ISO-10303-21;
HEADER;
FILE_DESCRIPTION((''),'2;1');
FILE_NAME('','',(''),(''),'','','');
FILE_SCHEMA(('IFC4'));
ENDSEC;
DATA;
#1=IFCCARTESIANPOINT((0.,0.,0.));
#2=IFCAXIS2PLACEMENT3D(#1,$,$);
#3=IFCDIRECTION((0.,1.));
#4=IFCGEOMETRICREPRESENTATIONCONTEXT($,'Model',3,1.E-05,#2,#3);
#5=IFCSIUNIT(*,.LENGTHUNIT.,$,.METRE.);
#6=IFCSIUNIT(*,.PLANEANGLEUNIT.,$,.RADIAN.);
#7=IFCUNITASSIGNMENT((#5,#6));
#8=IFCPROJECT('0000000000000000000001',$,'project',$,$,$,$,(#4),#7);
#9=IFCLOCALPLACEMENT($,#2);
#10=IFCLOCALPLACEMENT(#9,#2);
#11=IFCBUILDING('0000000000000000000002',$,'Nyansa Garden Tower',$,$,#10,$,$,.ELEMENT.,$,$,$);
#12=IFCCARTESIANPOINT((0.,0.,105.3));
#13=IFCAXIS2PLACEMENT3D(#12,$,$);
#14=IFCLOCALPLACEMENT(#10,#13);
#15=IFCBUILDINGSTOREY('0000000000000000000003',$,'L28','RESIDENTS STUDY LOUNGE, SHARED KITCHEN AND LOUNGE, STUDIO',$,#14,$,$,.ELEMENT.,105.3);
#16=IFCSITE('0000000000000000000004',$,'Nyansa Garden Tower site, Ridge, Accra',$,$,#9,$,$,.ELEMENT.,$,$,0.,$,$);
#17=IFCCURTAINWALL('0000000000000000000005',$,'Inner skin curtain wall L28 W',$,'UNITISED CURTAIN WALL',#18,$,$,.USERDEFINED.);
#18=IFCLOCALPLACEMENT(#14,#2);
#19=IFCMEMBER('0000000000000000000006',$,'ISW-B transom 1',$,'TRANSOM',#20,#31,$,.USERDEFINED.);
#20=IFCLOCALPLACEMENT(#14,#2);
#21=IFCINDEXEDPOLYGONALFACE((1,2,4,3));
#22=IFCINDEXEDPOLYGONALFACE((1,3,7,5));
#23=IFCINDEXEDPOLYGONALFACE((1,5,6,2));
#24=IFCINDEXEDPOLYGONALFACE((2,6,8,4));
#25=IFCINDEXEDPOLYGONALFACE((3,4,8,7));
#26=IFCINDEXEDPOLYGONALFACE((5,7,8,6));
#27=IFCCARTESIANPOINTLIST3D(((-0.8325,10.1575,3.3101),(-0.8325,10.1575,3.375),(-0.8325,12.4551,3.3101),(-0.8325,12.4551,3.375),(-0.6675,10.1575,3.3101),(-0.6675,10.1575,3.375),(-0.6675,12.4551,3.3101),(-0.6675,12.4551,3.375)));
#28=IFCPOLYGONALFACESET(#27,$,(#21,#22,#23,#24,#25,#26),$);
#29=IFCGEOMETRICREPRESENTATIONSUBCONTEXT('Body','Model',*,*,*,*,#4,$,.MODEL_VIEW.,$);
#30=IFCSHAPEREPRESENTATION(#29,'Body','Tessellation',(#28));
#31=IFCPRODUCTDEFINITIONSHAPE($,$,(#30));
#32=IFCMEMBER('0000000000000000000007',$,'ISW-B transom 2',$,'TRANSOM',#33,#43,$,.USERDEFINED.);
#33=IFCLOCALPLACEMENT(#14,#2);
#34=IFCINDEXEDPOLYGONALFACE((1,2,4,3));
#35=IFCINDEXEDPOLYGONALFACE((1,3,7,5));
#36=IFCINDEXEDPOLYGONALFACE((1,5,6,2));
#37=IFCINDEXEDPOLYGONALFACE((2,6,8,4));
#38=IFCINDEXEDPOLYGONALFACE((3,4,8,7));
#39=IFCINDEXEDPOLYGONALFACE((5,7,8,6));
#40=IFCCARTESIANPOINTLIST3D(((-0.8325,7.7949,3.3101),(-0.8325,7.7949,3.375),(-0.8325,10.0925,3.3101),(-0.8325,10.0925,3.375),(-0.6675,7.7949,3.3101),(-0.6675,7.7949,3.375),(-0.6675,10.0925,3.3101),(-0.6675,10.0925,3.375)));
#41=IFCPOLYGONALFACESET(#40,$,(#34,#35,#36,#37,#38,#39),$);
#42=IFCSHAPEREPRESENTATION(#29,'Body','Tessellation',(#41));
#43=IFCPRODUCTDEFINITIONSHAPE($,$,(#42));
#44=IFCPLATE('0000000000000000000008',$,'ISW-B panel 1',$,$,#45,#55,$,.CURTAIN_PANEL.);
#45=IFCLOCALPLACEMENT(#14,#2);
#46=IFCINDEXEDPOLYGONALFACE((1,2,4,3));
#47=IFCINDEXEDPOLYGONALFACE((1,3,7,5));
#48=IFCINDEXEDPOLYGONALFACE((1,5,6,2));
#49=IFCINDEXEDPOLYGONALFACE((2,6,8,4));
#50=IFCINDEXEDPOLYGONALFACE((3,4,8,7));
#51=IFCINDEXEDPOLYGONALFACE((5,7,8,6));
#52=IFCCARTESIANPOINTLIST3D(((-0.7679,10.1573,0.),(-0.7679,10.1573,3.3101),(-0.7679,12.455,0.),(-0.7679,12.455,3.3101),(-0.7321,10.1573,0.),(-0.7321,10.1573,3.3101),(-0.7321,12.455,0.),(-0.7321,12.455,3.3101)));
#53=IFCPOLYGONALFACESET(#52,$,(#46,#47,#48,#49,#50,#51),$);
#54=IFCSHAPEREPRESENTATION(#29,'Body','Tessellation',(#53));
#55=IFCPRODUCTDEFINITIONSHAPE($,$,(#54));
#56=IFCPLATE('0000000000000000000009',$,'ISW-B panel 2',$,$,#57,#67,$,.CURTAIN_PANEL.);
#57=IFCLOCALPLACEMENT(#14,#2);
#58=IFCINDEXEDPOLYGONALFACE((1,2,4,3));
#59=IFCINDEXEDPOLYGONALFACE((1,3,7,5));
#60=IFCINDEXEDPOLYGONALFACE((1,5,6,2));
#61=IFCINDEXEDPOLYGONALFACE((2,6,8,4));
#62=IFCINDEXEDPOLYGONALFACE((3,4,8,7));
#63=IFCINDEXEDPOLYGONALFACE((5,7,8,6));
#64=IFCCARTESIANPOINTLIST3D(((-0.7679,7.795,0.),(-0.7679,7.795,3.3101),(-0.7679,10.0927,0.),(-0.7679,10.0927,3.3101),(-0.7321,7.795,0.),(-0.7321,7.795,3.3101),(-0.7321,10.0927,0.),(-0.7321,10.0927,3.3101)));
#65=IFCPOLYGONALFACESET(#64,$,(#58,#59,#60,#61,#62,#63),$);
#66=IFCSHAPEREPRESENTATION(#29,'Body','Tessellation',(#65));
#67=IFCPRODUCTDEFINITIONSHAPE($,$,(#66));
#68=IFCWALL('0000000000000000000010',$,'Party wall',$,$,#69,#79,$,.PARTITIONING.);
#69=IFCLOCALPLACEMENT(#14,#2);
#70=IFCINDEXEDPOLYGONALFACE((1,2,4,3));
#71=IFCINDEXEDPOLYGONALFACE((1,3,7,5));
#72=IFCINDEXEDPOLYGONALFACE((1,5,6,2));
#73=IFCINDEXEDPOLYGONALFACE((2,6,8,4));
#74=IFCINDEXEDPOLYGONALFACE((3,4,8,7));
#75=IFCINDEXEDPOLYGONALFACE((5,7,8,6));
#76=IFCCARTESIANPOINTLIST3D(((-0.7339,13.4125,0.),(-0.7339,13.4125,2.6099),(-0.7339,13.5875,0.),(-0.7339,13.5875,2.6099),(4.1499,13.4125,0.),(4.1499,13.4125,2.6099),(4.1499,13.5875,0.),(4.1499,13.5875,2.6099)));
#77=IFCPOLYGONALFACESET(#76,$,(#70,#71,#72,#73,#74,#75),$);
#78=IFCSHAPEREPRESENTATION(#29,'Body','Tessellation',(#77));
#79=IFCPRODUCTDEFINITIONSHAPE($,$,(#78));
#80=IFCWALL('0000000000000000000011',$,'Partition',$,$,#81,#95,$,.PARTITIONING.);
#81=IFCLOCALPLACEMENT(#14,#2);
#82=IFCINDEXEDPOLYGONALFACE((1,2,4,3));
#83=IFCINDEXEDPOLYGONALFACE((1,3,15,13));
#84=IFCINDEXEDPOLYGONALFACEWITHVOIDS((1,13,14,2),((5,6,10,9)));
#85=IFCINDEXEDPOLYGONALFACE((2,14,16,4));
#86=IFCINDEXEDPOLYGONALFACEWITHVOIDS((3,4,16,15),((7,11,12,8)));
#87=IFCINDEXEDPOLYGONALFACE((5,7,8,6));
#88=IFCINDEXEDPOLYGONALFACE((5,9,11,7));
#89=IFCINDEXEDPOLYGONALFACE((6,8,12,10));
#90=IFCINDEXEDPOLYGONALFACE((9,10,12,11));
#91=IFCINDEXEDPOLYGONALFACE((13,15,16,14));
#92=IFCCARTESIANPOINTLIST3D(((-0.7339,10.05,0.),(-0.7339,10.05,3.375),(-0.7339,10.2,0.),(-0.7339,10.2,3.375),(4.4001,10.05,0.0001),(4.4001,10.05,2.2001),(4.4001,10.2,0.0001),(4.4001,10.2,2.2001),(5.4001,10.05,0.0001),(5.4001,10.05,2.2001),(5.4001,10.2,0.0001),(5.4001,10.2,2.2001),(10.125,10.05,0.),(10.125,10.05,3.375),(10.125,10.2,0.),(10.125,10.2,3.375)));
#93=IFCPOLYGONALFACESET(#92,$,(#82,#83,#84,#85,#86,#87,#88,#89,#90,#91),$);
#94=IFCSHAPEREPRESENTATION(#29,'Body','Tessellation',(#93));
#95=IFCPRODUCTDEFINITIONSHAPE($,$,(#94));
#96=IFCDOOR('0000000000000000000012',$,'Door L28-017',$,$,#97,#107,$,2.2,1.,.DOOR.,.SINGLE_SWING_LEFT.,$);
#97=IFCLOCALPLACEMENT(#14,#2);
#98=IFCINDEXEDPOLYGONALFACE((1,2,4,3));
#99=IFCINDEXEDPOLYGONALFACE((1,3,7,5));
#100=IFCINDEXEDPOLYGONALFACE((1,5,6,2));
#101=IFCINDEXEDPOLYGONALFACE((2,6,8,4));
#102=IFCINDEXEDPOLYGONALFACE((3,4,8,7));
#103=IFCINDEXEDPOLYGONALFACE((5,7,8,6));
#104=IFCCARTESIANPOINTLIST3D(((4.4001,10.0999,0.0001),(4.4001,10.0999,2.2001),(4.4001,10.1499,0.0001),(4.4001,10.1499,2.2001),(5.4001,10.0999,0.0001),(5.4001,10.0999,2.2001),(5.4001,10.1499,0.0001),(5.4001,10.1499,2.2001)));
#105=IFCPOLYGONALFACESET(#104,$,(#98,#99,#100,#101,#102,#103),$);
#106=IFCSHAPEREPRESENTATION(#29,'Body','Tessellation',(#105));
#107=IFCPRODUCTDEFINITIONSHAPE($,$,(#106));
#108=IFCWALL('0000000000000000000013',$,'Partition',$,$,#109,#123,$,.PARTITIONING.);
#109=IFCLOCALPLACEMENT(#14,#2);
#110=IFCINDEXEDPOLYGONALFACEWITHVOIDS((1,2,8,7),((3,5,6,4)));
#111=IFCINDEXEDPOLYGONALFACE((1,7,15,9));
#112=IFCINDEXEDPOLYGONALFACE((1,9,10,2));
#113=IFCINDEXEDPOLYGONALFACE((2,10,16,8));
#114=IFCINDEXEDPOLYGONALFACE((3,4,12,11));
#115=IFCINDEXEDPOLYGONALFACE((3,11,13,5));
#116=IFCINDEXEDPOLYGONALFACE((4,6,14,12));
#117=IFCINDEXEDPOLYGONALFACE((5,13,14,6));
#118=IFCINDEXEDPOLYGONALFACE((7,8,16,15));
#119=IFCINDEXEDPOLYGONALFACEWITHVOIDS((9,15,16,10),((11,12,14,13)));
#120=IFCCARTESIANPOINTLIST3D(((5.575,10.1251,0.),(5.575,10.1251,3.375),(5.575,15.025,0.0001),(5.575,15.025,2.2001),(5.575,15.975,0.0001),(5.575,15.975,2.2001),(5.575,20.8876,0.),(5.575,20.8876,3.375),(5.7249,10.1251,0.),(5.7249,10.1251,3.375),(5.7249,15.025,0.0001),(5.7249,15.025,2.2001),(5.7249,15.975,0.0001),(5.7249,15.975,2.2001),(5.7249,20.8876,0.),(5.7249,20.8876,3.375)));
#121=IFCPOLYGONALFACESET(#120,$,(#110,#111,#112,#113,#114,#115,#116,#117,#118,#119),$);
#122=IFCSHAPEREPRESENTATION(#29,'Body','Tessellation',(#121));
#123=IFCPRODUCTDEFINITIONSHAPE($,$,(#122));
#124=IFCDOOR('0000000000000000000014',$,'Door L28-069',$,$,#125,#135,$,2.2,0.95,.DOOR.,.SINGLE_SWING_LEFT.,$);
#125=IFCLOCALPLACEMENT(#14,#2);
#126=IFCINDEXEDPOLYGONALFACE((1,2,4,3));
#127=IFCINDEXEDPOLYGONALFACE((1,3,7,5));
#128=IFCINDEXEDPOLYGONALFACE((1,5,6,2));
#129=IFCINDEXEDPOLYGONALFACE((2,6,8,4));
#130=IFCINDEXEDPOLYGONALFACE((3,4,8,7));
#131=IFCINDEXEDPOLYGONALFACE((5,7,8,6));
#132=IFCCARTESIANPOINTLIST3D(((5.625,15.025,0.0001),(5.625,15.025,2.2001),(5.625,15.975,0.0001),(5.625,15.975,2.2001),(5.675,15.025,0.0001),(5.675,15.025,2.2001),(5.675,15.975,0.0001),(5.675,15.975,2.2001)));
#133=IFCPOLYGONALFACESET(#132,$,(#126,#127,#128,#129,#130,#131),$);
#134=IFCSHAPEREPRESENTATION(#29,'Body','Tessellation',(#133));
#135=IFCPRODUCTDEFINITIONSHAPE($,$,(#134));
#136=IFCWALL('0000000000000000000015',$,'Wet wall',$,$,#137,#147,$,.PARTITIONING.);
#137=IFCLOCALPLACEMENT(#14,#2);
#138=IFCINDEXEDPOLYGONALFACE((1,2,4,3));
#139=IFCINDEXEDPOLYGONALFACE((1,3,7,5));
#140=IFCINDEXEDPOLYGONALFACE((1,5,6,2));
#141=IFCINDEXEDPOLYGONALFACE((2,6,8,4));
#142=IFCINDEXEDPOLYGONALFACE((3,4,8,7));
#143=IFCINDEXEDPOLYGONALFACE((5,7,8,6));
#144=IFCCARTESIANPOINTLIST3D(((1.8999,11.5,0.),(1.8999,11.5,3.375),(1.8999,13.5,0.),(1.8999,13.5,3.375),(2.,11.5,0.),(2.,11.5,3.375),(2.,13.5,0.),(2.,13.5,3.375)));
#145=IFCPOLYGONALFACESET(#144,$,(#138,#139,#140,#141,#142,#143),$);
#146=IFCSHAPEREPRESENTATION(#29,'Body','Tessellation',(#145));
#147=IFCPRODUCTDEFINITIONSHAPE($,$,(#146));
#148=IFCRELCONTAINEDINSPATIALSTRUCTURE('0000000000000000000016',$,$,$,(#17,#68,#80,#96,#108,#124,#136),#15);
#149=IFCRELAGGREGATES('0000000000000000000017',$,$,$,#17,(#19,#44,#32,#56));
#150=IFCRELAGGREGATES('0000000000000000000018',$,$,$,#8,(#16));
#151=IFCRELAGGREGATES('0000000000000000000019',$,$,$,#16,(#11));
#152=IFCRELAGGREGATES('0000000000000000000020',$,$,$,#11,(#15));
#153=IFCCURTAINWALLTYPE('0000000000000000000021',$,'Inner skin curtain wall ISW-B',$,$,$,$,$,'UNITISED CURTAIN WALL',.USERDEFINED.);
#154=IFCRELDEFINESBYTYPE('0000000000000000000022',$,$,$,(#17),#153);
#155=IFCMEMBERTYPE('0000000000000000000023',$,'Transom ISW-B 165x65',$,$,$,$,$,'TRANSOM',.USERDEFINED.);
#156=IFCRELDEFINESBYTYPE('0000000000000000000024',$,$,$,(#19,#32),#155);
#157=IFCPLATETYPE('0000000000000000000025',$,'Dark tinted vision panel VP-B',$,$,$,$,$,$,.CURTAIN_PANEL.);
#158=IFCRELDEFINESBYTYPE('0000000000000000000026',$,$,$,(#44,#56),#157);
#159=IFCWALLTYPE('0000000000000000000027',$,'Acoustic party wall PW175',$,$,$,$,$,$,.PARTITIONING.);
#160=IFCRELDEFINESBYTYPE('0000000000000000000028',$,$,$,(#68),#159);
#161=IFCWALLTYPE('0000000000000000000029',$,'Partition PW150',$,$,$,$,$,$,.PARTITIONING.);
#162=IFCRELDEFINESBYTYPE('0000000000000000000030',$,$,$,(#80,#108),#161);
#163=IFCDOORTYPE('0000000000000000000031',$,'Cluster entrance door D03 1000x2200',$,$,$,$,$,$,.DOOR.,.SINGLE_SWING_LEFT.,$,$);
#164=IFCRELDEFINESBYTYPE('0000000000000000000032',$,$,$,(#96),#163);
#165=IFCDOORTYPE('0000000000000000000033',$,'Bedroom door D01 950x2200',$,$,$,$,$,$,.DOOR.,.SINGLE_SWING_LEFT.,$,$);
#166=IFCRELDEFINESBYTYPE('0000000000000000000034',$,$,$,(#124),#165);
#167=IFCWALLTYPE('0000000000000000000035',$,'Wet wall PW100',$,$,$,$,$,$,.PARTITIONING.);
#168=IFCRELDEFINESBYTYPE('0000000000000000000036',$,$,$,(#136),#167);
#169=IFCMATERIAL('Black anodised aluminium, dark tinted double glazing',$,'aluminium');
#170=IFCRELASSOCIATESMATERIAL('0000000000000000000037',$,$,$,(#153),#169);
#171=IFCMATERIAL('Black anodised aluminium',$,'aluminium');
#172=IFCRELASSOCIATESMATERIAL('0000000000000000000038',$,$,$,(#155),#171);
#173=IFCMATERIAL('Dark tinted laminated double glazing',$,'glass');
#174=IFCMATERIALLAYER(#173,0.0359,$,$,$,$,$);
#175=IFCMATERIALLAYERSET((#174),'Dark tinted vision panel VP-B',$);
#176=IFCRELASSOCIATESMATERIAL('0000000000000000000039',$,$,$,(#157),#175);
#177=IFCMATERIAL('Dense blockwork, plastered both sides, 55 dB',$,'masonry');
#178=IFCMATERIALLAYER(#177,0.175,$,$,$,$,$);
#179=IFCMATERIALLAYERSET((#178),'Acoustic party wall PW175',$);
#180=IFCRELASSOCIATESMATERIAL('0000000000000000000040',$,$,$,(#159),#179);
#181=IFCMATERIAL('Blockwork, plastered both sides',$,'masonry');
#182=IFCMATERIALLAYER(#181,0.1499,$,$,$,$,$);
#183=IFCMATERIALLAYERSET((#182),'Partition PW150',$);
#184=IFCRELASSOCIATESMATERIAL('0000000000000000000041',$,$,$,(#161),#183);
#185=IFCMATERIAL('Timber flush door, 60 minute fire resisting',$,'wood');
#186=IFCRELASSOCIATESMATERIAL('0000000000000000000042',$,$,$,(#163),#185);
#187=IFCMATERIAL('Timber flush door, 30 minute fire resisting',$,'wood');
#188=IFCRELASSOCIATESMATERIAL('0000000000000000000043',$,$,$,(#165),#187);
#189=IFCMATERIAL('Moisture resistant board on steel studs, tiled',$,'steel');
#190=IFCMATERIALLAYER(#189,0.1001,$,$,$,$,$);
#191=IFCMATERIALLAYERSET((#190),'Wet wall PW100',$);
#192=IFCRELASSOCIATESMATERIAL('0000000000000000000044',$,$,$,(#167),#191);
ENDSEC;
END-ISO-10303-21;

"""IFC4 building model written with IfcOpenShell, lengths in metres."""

from ifc_helpers import new_model, si_unit, direction, frame, frame_2d, origin, origin_2d, place, context, subcontext, project, spatial, rectangle, extrude, material, layer, layer_set, material_profile, profile_set, type_object, element, fill, aggregate, save


model = new_model("IFC4")

# Units and contexts
model_context = context("Model", 3, precision=1e-05, world=origin(), true_north=direction((0.0, 1.0)))
body_context = subcontext(model_context, "Body", "Model", "MODEL_VIEW")
ifc_project = project(units=[si_unit("LENGTHUNIT", "METRE"), si_unit("PLANEANGLEUNIT", "RADIAN")], contexts=[model_context])

# Site, building, storey
site_placement = place(None, origin())
site = spatial("IfcSite", under=ifc_project, at=site_placement, Name="Nyansa Garden Tower site, Ridge, Accra", CompositionType="ELEMENT", RefElevation=0.0)
building_placement = place(site_placement, origin())
building = spatial("IfcBuilding", under=site, at=building_placement, Name="Nyansa Garden Tower", CompositionType="ELEMENT")
storey_placement = place(building_placement, frame((0.0, 0.0, 105.3)))
storey = spatial("IfcBuildingStorey", under=building, at=storey_placement, Name="L28", Description="RESIDENTS STUDY LOUNGE, SHARED KITCHEN AND LOUNGE, STUDIO", CompositionType="ELEMENT", Elevation=105.3)

# Curtain wall
ifc_material_1 = material(Name="Black anodised aluminium, dark tinted double glazing", Category="aluminium")
curtain_wall_type = type_object("IfcCurtainWallType", Name="Inner skin curtain wall ISW-B", ElementType="UNITISED CURTAIN WALL", PredefinedType="USERDEFINED", material=ifc_material_1)
curtain_wall_placement = place(storey_placement, origin())
curtain_wall = element("IfcCurtainWall", 1, at=curtain_wall_placement, inside=storey, type_object=curtain_wall_type, Name="Inner skin curtain wall L28 W", ObjectType="UNITISED CURTAIN WALL", PredefinedType="USERDEFINED")

# Members
ifc_material_2 = material(Name="Black anodised aluminium", Category="aluminium")
ifc_material_profile_1 = material_profile(ifc_material_2, rectangle(XDim=0.165, YDim=0.0649, at=origin_2d()), Name="Transom 165x65")
ifc_profile_set_1 = profile_set([ifc_material_profile_1], Name="Black anodised aluminium")
member_type_1 = type_object("IfcMemberType", Name="Transom ISW-B 165x65", ElementType="TRANSOM", PredefinedType="USERDEFINED", material=ifc_profile_set_1)
member_1_placement = place(storey_placement, frame((-0.75, 12.4551, 3.3425), z_axis=(0.0, -1.0, 0.0), x_axis=(1.0, 0.0, 0.0)))
member_1 = element("IfcMember", 2, at=member_1_placement, type_object=member_type_1, Name="ISW-B transom 1", ObjectType="TRANSOM", PredefinedType="USERDEFINED", context=body_context, shape_type="SweptSolid", body=[
    extrude(rectangle(XDim=0.165, YDim=0.0649, at=origin_2d()), origin(), (0.0, 0.0, 1.0), 2.2976),
])
member_2_placement = place(storey_placement, frame((-0.75, 10.0925, 3.3425), z_axis=(0.0, -1.0, 0.0), x_axis=(1.0, 0.0, 0.0)))
member_2 = element("IfcMember", 3, at=member_2_placement, type_object=member_type_1, Name="ISW-B transom 2", ObjectType="TRANSOM", PredefinedType="USERDEFINED", context=body_context, shape_type="SweptSolid", body=[
    extrude(rectangle(XDim=0.165, YDim=0.0649, at=origin_2d()), origin(), (0.0, 0.0, 1.0), 2.2976),
])

# Plates
ifc_material_3 = material(Name="Dark tinted laminated double glazing", Category="glass")
ifc_layer_1 = layer(ifc_material_3, 0.0359)
ifc_layer_set_1 = layer_set([ifc_layer_1], Name="Dark tinted vision panel VP-B")
plate_type = type_object("IfcPlateType", Name="Dark tinted vision panel VP-B", PredefinedType="CURTAIN_PANEL", material=ifc_layer_set_1)
plate_1_placement = place(storey_placement, frame((-0.75, 11.3062, 0.0), z_axis=(0.0, 0.0, 1.0), x_axis=(0.0, -1.0, 0.0)))
plate_1 = element("IfcPlate", 4, at=plate_1_placement, type_object=plate_type, Name="ISW-B panel 1", PredefinedType="CURTAIN_PANEL", context=body_context, shape_type="SweptSolid", body=[
    extrude(rectangle(XDim=2.2976, YDim=0.0359, at=origin_2d()), origin(), (0.0, 0.0, 1.0), 3.3101),
])
plate_2_placement = place(storey_placement, frame((-0.75, 8.9438, 0.0), z_axis=(0.0, 0.0, 1.0), x_axis=(0.0, -1.0, 0.0)))
plate_2 = element("IfcPlate", 5, at=plate_2_placement, type_object=plate_type, Name="ISW-B panel 2", PredefinedType="CURTAIN_PANEL", context=body_context, shape_type="SweptSolid", body=[
    extrude(rectangle(XDim=2.2976, YDim=0.0359, at=origin_2d()), origin(), (0.0, 0.0, 1.0), 3.3101),
])
aggregate(curtain_wall, [member_1, plate_1, member_2, plate_2])

# Wall
ifc_material_4 = material(Name="Dense blockwork, plastered both sides, 55 dB", Category="masonry")
ifc_layer_2 = layer(ifc_material_4, 0.175)
ifc_layer_set_2 = layer_set([ifc_layer_2], Name="Acoustic party wall PW175")
wall_type_1 = type_object("IfcWallType", Name="Acoustic party wall PW175", PredefinedType="PARTITIONING", material=ifc_layer_set_2)
wall_1_placement = place(storey_placement, frame((-0.7339, 13.5, 0.0), z_axis=(0.0, 0.0, 1.0), x_axis=(1.0, 0.0, 0.0)))
element("IfcWall", 6, at=wall_1_placement, inside=storey, type_object=wall_type_1, Name="Party wall", PredefinedType="PARTITIONING", context=body_context, shape_type="SweptSolid", body=[
    extrude(rectangle(XDim=4.8838, YDim=0.175, at=frame_2d((2.4419, 0.0))), origin(), (0.0, 0.0, 1.0), 2.6099),
])

# Walls, openings, doors
ifc_material_5 = material(Name="Blockwork, plastered both sides", Category="masonry")
ifc_layer_3 = layer(ifc_material_5, 0.1499)
ifc_layer_set_3 = layer_set([ifc_layer_3], Name="Partition PW150")
wall_type_2 = type_object("IfcWallType", Name="Partition PW150", PredefinedType="PARTITIONING", material=ifc_layer_set_3)
wall_2_placement = place(storey_placement, frame((-0.7339, 10.125, 0.0), z_axis=(0.0, 0.0, 1.0), x_axis=(1.0, 0.0, 0.0)))
wall_2 = element("IfcWall", 7, at=wall_2_placement, inside=storey, type_object=wall_type_2, Name="Partition", PredefinedType="PARTITIONING", context=body_context, shape_type="SweptSolid", body=[
    extrude(rectangle(XDim=10.8589, YDim=0.1499, at=frame_2d((5.4294, 0.0))), origin(), (0.0, 0.0, 1.0), 3.375),
])
opening_1_placement = place(wall_2_placement, frame((5.134, 0.0, 0.0)))
opening_1 = element("IfcOpeningElement", 8, at=opening_1_placement, cuts=wall_2, PredefinedType="OPENING", context=body_context, shape_type="SweptSolid", body=[
    extrude(rectangle(XDim=1.0, YDim=2.2, at=frame_2d((0.5, 1.1001))), frame((0.0, 0.085, 0.0), z_axis=(0.0, -1.0, 0.0), x_axis=(1.0, 0.0, 0.0)), (0.0, 0.0, 1.0), 0.1699),
])
ifc_material_6 = material(Name="Timber flush door, 60 minute fire resisting", Category="wood")
door_type_1 = type_object("IfcDoorType", Name="Cluster entrance door D03 1000x2200", OperationType="SINGLE_SWING_LEFT", PredefinedType="DOOR", material=ifc_material_6)
door_1_placement = place(opening_1_placement, origin())
door_1 = element("IfcDoor", 9, at=door_1_placement, inside=storey, type_object=door_type_1, Name="Door L28-017", OperationType="SINGLE_SWING_LEFT", OverallHeight=2.2, OverallWidth=1.0, PredefinedType="DOOR", context=body_context, shape_type="SweptSolid", body=[
    extrude(rectangle(XDim=1.0, YDim=2.2, at=frame_2d((0.5, 1.1001))), frame((0.0, 0.0249, 0.0), z_axis=(0.0, -1.0, 0.0), x_axis=(1.0, 0.0, 0.0)), (0.0, 0.0, 1.0), 0.05),
])
fill(opening_1, door_1)
wall_3_placement = place(storey_placement, frame((5.6499, 10.125, 0.0), z_axis=(0.0, 0.0, 1.0), x_axis=(0.0, 1.0, 0.0)))
wall_3 = element("IfcWall", 10, at=wall_3_placement, inside=storey, type_object=wall_type_2, Name="Partition", PredefinedType="PARTITIONING", context=body_context, shape_type="SweptSolid", body=[
    extrude(rectangle(XDim=10.7625, YDim=0.1499, at=frame_2d((5.3813, 0.0))), origin(), (0.0, 0.0, 1.0), 3.375),
])
opening_2_placement = place(wall_3_placement, frame((4.8999, 0.0, 0.0)))
opening_2 = element("IfcOpeningElement", 11, at=opening_2_placement, cuts=wall_3, PredefinedType="OPENING", context=body_context, shape_type="SweptSolid", body=[
    extrude(rectangle(XDim=0.95, YDim=2.2, at=frame_2d((0.4751, 1.1001))), frame((0.0, 0.085, 0.0), z_axis=(0.0, -1.0, 0.0), x_axis=(1.0, 0.0, 0.0)), (0.0, 0.0, 1.0), 0.1699),
])
ifc_material_7 = material(Name="Timber flush door, 30 minute fire resisting", Category="wood")
door_type_2 = type_object("IfcDoorType", Name="Bedroom door D01 950x2200", OperationType="SINGLE_SWING_LEFT", PredefinedType="DOOR", material=ifc_material_7)
door_2_placement = place(opening_2_placement, origin())
door_2 = element("IfcDoor", 12, at=door_2_placement, inside=storey, type_object=door_type_2, Name="Door L28-069", OperationType="SINGLE_SWING_LEFT", OverallHeight=2.2, OverallWidth=0.95, PredefinedType="DOOR", context=body_context, shape_type="SweptSolid", body=[
    extrude(rectangle(XDim=0.95, YDim=2.2, at=frame_2d((0.4751, 1.1001))), frame((0.0, 0.0249, 0.0), z_axis=(0.0, -1.0, 0.0), x_axis=(1.0, 0.0, 0.0)), (0.0, 0.0, 1.0), 0.05),
])
fill(opening_2, door_2)

# Wall
ifc_material_8 = material(Name="Moisture resistant board on steel studs, tiled", Category="steel")
ifc_layer_4 = layer(ifc_material_8, 0.1001)
ifc_layer_set_4 = layer_set([ifc_layer_4], Name="Wet wall PW100")
wall_type_3 = type_object("IfcWallType", Name="Wet wall PW100", PredefinedType="PARTITIONING", material=ifc_layer_set_4)
wall_4_placement = place(storey_placement, frame((1.95, 11.5, 0.0), z_axis=(0.0, 0.0, 1.0), x_axis=(0.0, 1.0, 0.0)))
element("IfcWall", 13, at=wall_4_placement, inside=storey, type_object=wall_type_3, Name="Wet wall", PredefinedType="PARTITIONING", context=body_context, shape_type="SweptSolid", body=[
    extrude(rectangle(XDim=2.0, YDim=0.1001, at=frame_2d((1.0, 0.0))), origin(), (0.0, 0.0, 1.0), 3.375),
])

save(model, "model.ifc")
